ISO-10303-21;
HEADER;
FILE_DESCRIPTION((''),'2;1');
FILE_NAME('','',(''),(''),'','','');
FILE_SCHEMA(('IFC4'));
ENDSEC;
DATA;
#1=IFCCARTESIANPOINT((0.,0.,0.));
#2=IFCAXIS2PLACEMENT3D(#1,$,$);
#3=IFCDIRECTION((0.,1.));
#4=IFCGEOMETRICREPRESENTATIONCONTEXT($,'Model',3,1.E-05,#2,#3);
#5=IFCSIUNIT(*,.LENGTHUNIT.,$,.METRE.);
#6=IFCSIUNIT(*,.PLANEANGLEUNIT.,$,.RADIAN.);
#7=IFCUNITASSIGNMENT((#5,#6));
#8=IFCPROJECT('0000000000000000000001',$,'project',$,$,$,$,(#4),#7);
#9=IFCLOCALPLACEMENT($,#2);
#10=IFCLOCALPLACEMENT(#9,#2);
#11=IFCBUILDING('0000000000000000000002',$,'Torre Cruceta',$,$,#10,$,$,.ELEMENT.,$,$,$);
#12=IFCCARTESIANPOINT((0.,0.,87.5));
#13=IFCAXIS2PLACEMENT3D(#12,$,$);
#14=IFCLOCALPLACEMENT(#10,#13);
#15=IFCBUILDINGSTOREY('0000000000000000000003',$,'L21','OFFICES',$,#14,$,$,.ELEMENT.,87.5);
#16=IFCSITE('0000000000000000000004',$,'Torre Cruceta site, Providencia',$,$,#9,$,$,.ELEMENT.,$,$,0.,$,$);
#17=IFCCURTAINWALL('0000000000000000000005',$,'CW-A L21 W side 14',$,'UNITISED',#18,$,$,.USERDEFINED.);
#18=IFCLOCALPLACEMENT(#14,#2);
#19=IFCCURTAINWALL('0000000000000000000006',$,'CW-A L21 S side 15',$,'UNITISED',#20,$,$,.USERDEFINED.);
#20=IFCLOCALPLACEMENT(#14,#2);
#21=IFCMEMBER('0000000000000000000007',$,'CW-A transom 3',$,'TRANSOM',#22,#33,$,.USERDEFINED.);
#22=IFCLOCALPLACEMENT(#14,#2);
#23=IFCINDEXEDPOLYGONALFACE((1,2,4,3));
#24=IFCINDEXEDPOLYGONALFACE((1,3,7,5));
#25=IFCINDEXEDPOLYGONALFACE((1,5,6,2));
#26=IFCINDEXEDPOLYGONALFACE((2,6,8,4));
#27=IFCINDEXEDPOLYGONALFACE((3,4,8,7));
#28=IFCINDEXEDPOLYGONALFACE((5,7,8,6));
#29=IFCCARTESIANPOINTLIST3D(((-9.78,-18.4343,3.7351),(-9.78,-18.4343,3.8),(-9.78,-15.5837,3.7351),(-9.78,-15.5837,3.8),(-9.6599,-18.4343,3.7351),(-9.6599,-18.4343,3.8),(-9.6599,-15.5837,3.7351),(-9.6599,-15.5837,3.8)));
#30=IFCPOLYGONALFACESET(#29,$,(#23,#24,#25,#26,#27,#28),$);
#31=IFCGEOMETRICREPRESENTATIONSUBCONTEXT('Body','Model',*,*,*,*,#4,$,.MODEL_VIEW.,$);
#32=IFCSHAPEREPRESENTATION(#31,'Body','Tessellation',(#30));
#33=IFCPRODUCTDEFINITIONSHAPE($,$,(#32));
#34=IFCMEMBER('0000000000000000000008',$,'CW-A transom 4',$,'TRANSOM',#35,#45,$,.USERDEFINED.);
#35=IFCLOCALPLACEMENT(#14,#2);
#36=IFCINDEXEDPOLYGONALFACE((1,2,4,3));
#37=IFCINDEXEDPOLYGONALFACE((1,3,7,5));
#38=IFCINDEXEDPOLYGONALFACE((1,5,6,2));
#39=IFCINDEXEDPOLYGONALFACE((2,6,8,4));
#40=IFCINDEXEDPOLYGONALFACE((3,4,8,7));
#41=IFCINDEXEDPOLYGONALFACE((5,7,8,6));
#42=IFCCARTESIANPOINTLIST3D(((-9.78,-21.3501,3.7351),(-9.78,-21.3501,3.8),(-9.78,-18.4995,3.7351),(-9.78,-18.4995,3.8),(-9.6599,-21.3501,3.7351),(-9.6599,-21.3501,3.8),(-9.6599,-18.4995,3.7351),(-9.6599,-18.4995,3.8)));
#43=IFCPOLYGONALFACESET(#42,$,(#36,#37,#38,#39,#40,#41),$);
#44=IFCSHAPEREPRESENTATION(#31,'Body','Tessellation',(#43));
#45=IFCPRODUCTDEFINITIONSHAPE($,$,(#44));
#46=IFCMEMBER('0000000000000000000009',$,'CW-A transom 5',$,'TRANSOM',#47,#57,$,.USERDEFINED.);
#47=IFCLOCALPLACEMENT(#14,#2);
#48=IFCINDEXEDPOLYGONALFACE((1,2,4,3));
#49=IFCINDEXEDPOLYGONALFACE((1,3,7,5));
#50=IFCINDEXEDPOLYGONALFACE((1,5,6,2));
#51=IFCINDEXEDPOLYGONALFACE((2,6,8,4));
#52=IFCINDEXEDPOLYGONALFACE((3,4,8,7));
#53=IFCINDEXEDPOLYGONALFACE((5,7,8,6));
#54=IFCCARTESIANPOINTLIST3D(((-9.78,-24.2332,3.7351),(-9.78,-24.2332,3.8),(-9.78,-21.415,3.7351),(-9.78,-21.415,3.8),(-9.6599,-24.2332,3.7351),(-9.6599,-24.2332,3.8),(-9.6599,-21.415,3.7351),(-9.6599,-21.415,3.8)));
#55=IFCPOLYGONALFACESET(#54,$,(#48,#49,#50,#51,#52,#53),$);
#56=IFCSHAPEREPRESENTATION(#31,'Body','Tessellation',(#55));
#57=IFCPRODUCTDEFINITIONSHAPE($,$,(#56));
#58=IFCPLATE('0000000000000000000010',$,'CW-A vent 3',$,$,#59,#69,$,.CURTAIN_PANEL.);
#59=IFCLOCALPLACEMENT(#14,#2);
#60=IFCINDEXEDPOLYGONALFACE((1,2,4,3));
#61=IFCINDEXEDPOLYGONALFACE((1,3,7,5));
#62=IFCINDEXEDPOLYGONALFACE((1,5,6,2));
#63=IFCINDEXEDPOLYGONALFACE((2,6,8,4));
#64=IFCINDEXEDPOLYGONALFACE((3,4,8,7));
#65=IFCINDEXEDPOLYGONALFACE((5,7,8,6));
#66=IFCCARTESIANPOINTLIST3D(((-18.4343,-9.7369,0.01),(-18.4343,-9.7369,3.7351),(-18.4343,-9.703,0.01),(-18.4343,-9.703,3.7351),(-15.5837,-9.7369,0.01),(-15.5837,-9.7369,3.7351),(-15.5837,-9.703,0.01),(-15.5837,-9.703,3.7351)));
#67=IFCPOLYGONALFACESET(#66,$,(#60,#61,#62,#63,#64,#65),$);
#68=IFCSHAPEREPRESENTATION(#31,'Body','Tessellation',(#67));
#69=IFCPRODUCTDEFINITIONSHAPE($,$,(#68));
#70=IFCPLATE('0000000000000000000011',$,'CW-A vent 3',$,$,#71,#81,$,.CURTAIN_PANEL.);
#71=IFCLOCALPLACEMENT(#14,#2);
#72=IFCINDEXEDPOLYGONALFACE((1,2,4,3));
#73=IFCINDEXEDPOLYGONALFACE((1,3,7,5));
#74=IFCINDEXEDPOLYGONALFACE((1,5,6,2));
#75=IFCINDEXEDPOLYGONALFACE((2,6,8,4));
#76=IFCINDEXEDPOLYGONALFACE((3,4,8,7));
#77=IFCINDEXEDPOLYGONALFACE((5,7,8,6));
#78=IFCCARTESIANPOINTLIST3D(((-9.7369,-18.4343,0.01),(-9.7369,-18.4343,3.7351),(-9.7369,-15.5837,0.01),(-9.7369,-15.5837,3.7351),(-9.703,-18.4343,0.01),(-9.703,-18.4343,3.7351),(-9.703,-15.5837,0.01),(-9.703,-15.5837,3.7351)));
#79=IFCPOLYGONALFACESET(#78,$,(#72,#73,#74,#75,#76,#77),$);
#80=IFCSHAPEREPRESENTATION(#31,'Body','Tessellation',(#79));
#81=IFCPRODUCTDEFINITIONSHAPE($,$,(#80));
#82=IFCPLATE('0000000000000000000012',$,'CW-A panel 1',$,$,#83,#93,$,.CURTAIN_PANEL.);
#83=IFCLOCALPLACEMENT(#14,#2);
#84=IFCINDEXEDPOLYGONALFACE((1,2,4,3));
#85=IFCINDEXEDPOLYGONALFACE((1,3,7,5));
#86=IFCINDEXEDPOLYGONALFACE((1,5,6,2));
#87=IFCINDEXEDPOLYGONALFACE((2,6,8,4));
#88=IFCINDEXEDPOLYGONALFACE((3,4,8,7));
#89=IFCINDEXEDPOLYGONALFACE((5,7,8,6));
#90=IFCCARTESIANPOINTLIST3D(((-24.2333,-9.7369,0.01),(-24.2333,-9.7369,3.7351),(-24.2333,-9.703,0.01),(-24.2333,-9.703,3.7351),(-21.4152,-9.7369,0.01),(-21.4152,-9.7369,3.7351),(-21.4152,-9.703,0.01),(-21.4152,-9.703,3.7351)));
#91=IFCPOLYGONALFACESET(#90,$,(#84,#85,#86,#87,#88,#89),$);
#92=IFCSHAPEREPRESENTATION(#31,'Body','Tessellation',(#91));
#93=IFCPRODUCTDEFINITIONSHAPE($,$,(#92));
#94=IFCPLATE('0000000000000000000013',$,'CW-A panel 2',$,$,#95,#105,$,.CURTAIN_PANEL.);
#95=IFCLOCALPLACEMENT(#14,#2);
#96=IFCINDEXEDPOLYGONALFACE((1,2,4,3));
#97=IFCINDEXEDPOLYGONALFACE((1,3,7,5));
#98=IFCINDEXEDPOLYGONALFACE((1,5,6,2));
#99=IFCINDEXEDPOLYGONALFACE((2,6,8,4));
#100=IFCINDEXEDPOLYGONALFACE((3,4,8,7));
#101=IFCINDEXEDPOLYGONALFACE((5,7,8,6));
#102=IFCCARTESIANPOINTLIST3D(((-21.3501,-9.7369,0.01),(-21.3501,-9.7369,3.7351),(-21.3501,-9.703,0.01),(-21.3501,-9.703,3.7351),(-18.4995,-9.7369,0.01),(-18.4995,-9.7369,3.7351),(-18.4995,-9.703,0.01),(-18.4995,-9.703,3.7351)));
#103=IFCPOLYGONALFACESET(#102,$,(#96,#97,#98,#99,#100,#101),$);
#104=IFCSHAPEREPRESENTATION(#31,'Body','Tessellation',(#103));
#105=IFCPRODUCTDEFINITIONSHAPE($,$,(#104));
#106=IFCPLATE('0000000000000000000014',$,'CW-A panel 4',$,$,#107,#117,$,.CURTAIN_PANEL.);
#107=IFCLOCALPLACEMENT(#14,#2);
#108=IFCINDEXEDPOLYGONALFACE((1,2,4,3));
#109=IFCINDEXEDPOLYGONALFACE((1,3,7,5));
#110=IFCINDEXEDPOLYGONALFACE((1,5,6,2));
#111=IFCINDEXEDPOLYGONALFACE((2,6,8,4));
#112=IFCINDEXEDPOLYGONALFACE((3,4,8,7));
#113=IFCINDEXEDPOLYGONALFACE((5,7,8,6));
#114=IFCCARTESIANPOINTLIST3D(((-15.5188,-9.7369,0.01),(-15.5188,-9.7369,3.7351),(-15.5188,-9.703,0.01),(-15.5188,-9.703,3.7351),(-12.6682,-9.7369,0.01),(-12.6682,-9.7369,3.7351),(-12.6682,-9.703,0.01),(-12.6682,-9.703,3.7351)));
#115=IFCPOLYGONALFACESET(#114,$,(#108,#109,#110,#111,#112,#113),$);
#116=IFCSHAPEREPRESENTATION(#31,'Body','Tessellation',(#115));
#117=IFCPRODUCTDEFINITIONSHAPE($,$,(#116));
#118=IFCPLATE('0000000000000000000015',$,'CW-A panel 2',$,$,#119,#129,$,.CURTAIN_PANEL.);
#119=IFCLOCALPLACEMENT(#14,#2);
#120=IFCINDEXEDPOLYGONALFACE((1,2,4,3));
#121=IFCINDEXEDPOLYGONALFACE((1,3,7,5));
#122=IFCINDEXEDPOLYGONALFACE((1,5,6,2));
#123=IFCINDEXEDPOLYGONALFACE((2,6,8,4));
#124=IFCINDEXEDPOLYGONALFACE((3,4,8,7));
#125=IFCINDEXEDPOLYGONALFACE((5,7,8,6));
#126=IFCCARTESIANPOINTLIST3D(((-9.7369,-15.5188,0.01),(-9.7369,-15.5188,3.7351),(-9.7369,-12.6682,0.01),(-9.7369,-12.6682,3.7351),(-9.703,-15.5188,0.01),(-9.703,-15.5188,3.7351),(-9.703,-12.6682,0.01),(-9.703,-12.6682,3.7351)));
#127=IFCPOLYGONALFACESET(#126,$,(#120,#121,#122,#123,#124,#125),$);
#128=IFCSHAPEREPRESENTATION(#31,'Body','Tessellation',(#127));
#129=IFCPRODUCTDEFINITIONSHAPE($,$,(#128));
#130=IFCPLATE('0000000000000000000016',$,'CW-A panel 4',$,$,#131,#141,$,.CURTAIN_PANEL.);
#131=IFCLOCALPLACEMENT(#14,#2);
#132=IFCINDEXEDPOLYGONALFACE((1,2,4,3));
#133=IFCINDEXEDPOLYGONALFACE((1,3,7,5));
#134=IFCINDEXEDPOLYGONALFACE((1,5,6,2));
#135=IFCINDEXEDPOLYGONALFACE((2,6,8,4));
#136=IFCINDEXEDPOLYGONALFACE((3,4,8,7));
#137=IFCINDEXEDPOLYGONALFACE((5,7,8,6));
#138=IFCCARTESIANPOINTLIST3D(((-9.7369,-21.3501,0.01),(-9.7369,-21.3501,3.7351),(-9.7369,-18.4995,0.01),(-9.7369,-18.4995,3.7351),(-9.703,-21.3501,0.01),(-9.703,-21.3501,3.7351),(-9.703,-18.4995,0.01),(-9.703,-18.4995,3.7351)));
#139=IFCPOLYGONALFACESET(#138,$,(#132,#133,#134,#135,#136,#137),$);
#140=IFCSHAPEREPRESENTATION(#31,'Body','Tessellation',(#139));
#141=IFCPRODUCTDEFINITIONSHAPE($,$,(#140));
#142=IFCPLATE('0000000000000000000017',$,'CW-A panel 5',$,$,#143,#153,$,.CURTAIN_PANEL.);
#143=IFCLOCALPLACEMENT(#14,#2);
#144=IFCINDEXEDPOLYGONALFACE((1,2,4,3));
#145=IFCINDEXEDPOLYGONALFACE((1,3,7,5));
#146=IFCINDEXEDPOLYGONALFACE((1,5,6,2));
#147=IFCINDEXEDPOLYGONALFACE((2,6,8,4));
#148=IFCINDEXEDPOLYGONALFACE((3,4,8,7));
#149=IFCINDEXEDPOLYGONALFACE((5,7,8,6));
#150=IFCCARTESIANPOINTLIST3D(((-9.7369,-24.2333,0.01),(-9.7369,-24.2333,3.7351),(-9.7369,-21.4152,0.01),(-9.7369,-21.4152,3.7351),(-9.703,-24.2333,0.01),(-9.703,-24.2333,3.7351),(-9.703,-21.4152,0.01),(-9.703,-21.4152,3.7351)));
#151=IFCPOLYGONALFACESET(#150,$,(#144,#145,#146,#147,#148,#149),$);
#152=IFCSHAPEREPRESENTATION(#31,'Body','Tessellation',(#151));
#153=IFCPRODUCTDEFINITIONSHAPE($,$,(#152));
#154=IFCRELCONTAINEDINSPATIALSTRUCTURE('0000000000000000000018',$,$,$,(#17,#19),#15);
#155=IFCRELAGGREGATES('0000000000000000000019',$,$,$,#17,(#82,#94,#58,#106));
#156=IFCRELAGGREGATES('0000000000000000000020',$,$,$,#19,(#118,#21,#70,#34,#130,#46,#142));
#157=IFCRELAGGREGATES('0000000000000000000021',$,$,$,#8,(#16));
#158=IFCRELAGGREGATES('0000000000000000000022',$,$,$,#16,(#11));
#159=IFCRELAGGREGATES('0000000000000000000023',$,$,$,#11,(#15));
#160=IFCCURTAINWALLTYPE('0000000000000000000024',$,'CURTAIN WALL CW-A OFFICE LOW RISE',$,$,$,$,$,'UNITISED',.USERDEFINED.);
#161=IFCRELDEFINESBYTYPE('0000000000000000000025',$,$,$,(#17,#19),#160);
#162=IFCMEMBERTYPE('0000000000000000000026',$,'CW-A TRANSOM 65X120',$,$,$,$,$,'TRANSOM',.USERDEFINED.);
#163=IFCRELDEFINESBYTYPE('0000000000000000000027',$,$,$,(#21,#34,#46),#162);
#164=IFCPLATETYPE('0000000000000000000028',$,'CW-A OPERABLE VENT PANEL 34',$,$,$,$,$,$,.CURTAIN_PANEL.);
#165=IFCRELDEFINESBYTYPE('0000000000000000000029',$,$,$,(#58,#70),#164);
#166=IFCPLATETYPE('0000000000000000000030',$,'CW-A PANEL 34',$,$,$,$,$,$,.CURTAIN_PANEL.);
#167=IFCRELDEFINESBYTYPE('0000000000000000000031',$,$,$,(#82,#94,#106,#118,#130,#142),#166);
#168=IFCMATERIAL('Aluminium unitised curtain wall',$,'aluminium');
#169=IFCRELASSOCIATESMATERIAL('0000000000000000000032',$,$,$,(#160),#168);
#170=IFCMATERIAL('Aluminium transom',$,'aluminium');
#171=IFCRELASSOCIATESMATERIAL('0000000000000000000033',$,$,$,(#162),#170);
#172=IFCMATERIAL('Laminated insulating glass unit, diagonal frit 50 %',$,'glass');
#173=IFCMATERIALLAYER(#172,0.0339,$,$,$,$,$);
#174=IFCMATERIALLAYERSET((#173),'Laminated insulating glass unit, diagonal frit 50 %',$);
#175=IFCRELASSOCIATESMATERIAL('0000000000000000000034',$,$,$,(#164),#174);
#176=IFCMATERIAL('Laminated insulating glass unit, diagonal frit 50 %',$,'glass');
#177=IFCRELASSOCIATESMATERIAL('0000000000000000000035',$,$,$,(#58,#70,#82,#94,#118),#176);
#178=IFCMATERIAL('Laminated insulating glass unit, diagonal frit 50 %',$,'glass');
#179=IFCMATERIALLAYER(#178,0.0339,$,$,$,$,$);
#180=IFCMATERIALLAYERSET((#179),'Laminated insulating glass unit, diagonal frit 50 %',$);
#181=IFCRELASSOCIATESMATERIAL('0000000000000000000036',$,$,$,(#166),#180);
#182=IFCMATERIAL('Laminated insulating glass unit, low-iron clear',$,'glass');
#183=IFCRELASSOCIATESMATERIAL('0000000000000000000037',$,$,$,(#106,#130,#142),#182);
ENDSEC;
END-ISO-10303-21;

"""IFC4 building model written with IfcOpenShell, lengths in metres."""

from ifc_helpers import new_model, si_unit, direction, frame, origin, origin_2d, place, context, subcontext, project, spatial, rectangle, extrude, material, layer, layer_set, material_profile, profile_set, type_object, element, aggregate, save


model = new_model("IFC4")

# Units and contexts
model_context = context("Model", 3, precision=1e-05, world=origin(), true_north=direction((0.0, 1.0)))
body_context = subcontext(model_context, "Body", "Model", "MODEL_VIEW")
ifc_project = project(units=[si_unit("LENGTHUNIT", "METRE"), si_unit("PLANEANGLEUNIT", "RADIAN")], contexts=[model_context])

# Site, building, storey
site_placement = place(None, origin())
site = spatial("IfcSite", under=ifc_project, at=site_placement, Name="Torre Cruceta site, Providencia", CompositionType="ELEMENT", RefElevation=0.0)
building_placement = place(site_placement, origin())
building = spatial("IfcBuilding", under=site, at=building_placement, Name="Torre Cruceta", CompositionType="ELEMENT")
storey_placement = place(building_placement, frame((0.0, 0.0, 87.5)))
storey = spatial("IfcBuildingStorey", under=building, at=storey_placement, Name="L21", Description="OFFICES", CompositionType="ELEMENT", Elevation=87.5)

# Curtain walls
ifc_material_1 = material(Name="Aluminium unitised curtain wall", Category="aluminium")
curtain_wall_type = type_object("IfcCurtainWallType", Name="CURTAIN WALL CW-A OFFICE LOW RISE", ElementType="UNITISED", PredefinedType="USERDEFINED", material=ifc_material_1)
curtain_wall_1_placement = place(storey_placement, origin())
curtain_wall_1 = element("IfcCurtainWall", 1, at=curtain_wall_1_placement, inside=storey, type_object=curtain_wall_type, Name="CW-A L21 W side 14", ObjectType="UNITISED", PredefinedType="USERDEFINED")
curtain_wall_2_placement = place(storey_placement, origin())
curtain_wall_2 = element("IfcCurtainWall", 2, at=curtain_wall_2_placement, inside=storey, type_object=curtain_wall_type, Name="CW-A L21 S side 15", ObjectType="UNITISED", PredefinedType="USERDEFINED")

# Members
ifc_material_2 = material(Name="Aluminium transom", Category="aluminium")
ifc_material_profile_1 = material_profile(ifc_material_2, rectangle(XDim=0.1201, YDim=0.0649, at=origin_2d()), Name="AL 120X65")
ifc_profile_set_1 = profile_set([ifc_material_profile_1], Name="Aluminium transom")
member_type_1 = type_object("IfcMemberType", Name="CW-A TRANSOM 65X120", ElementType="TRANSOM", PredefinedType="USERDEFINED", material=ifc_profile_set_1)
member_1_placement = place(storey_placement, frame((-9.72, -15.5837, 3.7676), z_axis=(0.0, -1.0, 0.0), x_axis=(1.0, 0.0, 0.0)))
member_1 = element("IfcMember", 3, at=member_1_placement, type_object=member_type_1, Name="CW-A transom 3", ObjectType="TRANSOM", PredefinedType="USERDEFINED", context=body_context, shape_type="SweptSolid", body=[
    extrude(rectangle(XDim=0.1201, YDim=0.0649, at=origin_2d()), origin(), (0.0, 0.0, 1.0), 2.8506),
])
member_2_placement = place(storey_placement, frame((-9.72, -18.4995, 3.7676), z_axis=(0.0, -1.0, 0.0), x_axis=(1.0, 0.0, 0.0)))
member_2 = element("IfcMember", 4, at=member_2_placement, type_object=member_type_1, Name="CW-A transom 4", ObjectType="TRANSOM", PredefinedType="USERDEFINED", context=body_context, shape_type="SweptSolid", body=[
    extrude(rectangle(XDim=0.1201, YDim=0.0649, at=origin_2d()), origin(), (0.0, 0.0, 1.0), 2.8506),
])
member_3_placement = place(storey_placement, frame((-9.72, -21.415, 3.7676), z_axis=(0.0, -1.0, 0.0), x_axis=(1.0, 0.0, 0.0)))
member_3 = element("IfcMember", 5, at=member_3_placement, type_object=member_type_1, Name="CW-A transom 5", ObjectType="TRANSOM", PredefinedType="USERDEFINED", context=body_context, shape_type="SweptSolid", body=[
    extrude(rectangle(XDim=0.1201, YDim=0.0649, at=origin_2d()), origin(), (0.0, 0.0, 1.0), 2.8181),
])

# Plates
ifc_material_3 = material(Name="Laminated insulating glass unit, diagonal frit 50 %", Category="glass")
ifc_material_4 = material(Name="Laminated insulating glass unit, diagonal frit 50 %", Category="glass")
ifc_layer_1 = layer(ifc_material_4, 0.0339)
ifc_layer_set_1 = layer_set([ifc_layer_1], Name="Laminated insulating glass unit, diagonal frit 50 %")
plate_type_1 = type_object("IfcPlateType", Name="CW-A OPERABLE VENT PANEL 34", PredefinedType="CURTAIN_PANEL", material=ifc_layer_set_1)
plate_1_placement = place(storey_placement, frame((-17.009, -9.72, 0.01), z_axis=(0.0, 0.0, 1.0), x_axis=(1.0, 0.0, 0.0)))
plate_1 = element("IfcPlate", 6, at=plate_1_placement, type_object=plate_type_1, material=ifc_material_3, Name="CW-A vent 3", PredefinedType="CURTAIN_PANEL", context=body_context, shape_type="SweptSolid", body=[
    extrude(rectangle(XDim=2.8506, YDim=0.0339, at=origin_2d()), origin(), (0.0, 0.0, 1.0), 3.7251),
])
plate_2_placement = place(storey_placement, frame((-9.72, -17.009, 0.01), z_axis=(0.0, 0.0, 1.0), x_axis=(0.0, -1.0, 0.0)))
plate_2 = element("IfcPlate", 7, at=plate_2_placement, type_object=plate_type_1, material=ifc_material_3, Name="CW-A vent 3", PredefinedType="CURTAIN_PANEL", context=body_context, shape_type="SweptSolid", body=[
    extrude(rectangle(XDim=2.8506, YDim=0.0339, at=origin_2d()), origin(), (0.0, 0.0, 1.0), 3.7251),
])
ifc_material_5 = material(Name="Laminated insulating glass unit, diagonal frit 50 %", Category="glass")
ifc_layer_2 = layer(ifc_material_5, 0.0339)
ifc_layer_set_2 = layer_set([ifc_layer_2], Name="Laminated insulating glass unit, diagonal frit 50 %")
plate_type_2 = type_object("IfcPlateType", Name="CW-A PANEL 34", PredefinedType="CURTAIN_PANEL", material=ifc_layer_set_2)
plate_3_placement = place(storey_placement, frame((-22.8242, -9.72, 0.01), z_axis=(0.0, 0.0, 1.0), x_axis=(1.0, 0.0, 0.0)))
plate_3 = element("IfcPlate", 8, at=plate_3_placement, type_object=plate_type_2, material=ifc_material_3, Name="CW-A panel 1", PredefinedType="CURTAIN_PANEL", context=body_context, shape_type="SweptSolid", body=[
    extrude(rectangle(XDim=2.8181, YDim=0.0339, at=origin_2d()), origin(), (0.0, 0.0, 1.0), 3.7251),
])
plate_4_placement = place(storey_placement, frame((-19.9248, -9.72, 0.01), z_axis=(0.0, 0.0, 1.0), x_axis=(1.0, 0.0, 0.0)))
plate_4 = element("IfcPlate", 9, at=plate_4_placement, type_object=plate_type_2, material=ifc_material_3, Name="CW-A panel 2", PredefinedType="CURTAIN_PANEL", context=body_context, shape_type="SweptSolid", body=[
    extrude(rectangle(XDim=2.8506, YDim=0.0339, at=origin_2d()), origin(), (0.0, 0.0, 1.0), 3.7251),
])
ifc_material_6 = material(Name="Laminated insulating glass unit, low-iron clear", Category="glass")
plate_5_placement = place(storey_placement, frame((-14.0935, -9.72, 0.01), z_axis=(0.0, 0.0, 1.0), x_axis=(1.0, 0.0, 0.0)))
plate_5 = element("IfcPlate", 10, at=plate_5_placement, type_object=plate_type_2, material=ifc_material_6, Name="CW-A panel 4", PredefinedType="CURTAIN_PANEL", context=body_context, shape_type="SweptSolid", body=[
    extrude(rectangle(XDim=2.8506, YDim=0.0339, at=origin_2d()), origin(), (0.0, 0.0, 1.0), 3.7251),
])
aggregate(curtain_wall_1, [plate_3, plate_4, plate_1, plate_5])
plate_6_placement = place(storey_placement, frame((-9.72, -14.0935, 0.01), z_axis=(0.0, 0.0, 1.0), x_axis=(0.0, -1.0, 0.0)))
plate_6 = element("IfcPlate", 11, at=plate_6_placement, type_object=plate_type_2, material=ifc_material_3, Name="CW-A panel 2", PredefinedType="CURTAIN_PANEL", context=body_context, shape_type="SweptSolid", body=[
    extrude(rectangle(XDim=2.8506, YDim=0.0339, at=origin_2d()), origin(), (0.0, 0.0, 1.0), 3.7251),
])
plate_7_placement = place(storey_placement, frame((-9.72, -19.9248, 0.01), z_axis=(0.0, 0.0, 1.0), x_axis=(0.0, -1.0, 0.0)))
plate_7 = element("IfcPlate", 12, at=plate_7_placement, type_object=plate_type_2, material=ifc_material_6, Name="CW-A panel 4", PredefinedType="CURTAIN_PANEL", context=body_context, shape_type="SweptSolid", body=[
    extrude(rectangle(XDim=2.8506, YDim=0.0339, at=origin_2d()), origin(), (0.0, 0.0, 1.0), 3.7251),
])
plate_8_placement = place(storey_placement, frame((-9.72, -22.8242, 0.01), z_axis=(0.0, 0.0, 1.0), x_axis=(0.0, -1.0, 0.0)))
plate_8 = element("IfcPlate", 13, at=plate_8_placement, type_object=plate_type_2, material=ifc_material_6, Name="CW-A panel 5", PredefinedType="CURTAIN_PANEL", context=body_context, shape_type="SweptSolid", body=[
    extrude(rectangle(XDim=2.8181, YDim=0.0339, at=origin_2d()), origin(), (0.0, 0.0, 1.0), 3.7251),
])
aggregate(curtain_wall_2, [plate_6, member_1, plate_2, member_2, plate_7, member_3, plate_8])

save(model, "model.ifc")
